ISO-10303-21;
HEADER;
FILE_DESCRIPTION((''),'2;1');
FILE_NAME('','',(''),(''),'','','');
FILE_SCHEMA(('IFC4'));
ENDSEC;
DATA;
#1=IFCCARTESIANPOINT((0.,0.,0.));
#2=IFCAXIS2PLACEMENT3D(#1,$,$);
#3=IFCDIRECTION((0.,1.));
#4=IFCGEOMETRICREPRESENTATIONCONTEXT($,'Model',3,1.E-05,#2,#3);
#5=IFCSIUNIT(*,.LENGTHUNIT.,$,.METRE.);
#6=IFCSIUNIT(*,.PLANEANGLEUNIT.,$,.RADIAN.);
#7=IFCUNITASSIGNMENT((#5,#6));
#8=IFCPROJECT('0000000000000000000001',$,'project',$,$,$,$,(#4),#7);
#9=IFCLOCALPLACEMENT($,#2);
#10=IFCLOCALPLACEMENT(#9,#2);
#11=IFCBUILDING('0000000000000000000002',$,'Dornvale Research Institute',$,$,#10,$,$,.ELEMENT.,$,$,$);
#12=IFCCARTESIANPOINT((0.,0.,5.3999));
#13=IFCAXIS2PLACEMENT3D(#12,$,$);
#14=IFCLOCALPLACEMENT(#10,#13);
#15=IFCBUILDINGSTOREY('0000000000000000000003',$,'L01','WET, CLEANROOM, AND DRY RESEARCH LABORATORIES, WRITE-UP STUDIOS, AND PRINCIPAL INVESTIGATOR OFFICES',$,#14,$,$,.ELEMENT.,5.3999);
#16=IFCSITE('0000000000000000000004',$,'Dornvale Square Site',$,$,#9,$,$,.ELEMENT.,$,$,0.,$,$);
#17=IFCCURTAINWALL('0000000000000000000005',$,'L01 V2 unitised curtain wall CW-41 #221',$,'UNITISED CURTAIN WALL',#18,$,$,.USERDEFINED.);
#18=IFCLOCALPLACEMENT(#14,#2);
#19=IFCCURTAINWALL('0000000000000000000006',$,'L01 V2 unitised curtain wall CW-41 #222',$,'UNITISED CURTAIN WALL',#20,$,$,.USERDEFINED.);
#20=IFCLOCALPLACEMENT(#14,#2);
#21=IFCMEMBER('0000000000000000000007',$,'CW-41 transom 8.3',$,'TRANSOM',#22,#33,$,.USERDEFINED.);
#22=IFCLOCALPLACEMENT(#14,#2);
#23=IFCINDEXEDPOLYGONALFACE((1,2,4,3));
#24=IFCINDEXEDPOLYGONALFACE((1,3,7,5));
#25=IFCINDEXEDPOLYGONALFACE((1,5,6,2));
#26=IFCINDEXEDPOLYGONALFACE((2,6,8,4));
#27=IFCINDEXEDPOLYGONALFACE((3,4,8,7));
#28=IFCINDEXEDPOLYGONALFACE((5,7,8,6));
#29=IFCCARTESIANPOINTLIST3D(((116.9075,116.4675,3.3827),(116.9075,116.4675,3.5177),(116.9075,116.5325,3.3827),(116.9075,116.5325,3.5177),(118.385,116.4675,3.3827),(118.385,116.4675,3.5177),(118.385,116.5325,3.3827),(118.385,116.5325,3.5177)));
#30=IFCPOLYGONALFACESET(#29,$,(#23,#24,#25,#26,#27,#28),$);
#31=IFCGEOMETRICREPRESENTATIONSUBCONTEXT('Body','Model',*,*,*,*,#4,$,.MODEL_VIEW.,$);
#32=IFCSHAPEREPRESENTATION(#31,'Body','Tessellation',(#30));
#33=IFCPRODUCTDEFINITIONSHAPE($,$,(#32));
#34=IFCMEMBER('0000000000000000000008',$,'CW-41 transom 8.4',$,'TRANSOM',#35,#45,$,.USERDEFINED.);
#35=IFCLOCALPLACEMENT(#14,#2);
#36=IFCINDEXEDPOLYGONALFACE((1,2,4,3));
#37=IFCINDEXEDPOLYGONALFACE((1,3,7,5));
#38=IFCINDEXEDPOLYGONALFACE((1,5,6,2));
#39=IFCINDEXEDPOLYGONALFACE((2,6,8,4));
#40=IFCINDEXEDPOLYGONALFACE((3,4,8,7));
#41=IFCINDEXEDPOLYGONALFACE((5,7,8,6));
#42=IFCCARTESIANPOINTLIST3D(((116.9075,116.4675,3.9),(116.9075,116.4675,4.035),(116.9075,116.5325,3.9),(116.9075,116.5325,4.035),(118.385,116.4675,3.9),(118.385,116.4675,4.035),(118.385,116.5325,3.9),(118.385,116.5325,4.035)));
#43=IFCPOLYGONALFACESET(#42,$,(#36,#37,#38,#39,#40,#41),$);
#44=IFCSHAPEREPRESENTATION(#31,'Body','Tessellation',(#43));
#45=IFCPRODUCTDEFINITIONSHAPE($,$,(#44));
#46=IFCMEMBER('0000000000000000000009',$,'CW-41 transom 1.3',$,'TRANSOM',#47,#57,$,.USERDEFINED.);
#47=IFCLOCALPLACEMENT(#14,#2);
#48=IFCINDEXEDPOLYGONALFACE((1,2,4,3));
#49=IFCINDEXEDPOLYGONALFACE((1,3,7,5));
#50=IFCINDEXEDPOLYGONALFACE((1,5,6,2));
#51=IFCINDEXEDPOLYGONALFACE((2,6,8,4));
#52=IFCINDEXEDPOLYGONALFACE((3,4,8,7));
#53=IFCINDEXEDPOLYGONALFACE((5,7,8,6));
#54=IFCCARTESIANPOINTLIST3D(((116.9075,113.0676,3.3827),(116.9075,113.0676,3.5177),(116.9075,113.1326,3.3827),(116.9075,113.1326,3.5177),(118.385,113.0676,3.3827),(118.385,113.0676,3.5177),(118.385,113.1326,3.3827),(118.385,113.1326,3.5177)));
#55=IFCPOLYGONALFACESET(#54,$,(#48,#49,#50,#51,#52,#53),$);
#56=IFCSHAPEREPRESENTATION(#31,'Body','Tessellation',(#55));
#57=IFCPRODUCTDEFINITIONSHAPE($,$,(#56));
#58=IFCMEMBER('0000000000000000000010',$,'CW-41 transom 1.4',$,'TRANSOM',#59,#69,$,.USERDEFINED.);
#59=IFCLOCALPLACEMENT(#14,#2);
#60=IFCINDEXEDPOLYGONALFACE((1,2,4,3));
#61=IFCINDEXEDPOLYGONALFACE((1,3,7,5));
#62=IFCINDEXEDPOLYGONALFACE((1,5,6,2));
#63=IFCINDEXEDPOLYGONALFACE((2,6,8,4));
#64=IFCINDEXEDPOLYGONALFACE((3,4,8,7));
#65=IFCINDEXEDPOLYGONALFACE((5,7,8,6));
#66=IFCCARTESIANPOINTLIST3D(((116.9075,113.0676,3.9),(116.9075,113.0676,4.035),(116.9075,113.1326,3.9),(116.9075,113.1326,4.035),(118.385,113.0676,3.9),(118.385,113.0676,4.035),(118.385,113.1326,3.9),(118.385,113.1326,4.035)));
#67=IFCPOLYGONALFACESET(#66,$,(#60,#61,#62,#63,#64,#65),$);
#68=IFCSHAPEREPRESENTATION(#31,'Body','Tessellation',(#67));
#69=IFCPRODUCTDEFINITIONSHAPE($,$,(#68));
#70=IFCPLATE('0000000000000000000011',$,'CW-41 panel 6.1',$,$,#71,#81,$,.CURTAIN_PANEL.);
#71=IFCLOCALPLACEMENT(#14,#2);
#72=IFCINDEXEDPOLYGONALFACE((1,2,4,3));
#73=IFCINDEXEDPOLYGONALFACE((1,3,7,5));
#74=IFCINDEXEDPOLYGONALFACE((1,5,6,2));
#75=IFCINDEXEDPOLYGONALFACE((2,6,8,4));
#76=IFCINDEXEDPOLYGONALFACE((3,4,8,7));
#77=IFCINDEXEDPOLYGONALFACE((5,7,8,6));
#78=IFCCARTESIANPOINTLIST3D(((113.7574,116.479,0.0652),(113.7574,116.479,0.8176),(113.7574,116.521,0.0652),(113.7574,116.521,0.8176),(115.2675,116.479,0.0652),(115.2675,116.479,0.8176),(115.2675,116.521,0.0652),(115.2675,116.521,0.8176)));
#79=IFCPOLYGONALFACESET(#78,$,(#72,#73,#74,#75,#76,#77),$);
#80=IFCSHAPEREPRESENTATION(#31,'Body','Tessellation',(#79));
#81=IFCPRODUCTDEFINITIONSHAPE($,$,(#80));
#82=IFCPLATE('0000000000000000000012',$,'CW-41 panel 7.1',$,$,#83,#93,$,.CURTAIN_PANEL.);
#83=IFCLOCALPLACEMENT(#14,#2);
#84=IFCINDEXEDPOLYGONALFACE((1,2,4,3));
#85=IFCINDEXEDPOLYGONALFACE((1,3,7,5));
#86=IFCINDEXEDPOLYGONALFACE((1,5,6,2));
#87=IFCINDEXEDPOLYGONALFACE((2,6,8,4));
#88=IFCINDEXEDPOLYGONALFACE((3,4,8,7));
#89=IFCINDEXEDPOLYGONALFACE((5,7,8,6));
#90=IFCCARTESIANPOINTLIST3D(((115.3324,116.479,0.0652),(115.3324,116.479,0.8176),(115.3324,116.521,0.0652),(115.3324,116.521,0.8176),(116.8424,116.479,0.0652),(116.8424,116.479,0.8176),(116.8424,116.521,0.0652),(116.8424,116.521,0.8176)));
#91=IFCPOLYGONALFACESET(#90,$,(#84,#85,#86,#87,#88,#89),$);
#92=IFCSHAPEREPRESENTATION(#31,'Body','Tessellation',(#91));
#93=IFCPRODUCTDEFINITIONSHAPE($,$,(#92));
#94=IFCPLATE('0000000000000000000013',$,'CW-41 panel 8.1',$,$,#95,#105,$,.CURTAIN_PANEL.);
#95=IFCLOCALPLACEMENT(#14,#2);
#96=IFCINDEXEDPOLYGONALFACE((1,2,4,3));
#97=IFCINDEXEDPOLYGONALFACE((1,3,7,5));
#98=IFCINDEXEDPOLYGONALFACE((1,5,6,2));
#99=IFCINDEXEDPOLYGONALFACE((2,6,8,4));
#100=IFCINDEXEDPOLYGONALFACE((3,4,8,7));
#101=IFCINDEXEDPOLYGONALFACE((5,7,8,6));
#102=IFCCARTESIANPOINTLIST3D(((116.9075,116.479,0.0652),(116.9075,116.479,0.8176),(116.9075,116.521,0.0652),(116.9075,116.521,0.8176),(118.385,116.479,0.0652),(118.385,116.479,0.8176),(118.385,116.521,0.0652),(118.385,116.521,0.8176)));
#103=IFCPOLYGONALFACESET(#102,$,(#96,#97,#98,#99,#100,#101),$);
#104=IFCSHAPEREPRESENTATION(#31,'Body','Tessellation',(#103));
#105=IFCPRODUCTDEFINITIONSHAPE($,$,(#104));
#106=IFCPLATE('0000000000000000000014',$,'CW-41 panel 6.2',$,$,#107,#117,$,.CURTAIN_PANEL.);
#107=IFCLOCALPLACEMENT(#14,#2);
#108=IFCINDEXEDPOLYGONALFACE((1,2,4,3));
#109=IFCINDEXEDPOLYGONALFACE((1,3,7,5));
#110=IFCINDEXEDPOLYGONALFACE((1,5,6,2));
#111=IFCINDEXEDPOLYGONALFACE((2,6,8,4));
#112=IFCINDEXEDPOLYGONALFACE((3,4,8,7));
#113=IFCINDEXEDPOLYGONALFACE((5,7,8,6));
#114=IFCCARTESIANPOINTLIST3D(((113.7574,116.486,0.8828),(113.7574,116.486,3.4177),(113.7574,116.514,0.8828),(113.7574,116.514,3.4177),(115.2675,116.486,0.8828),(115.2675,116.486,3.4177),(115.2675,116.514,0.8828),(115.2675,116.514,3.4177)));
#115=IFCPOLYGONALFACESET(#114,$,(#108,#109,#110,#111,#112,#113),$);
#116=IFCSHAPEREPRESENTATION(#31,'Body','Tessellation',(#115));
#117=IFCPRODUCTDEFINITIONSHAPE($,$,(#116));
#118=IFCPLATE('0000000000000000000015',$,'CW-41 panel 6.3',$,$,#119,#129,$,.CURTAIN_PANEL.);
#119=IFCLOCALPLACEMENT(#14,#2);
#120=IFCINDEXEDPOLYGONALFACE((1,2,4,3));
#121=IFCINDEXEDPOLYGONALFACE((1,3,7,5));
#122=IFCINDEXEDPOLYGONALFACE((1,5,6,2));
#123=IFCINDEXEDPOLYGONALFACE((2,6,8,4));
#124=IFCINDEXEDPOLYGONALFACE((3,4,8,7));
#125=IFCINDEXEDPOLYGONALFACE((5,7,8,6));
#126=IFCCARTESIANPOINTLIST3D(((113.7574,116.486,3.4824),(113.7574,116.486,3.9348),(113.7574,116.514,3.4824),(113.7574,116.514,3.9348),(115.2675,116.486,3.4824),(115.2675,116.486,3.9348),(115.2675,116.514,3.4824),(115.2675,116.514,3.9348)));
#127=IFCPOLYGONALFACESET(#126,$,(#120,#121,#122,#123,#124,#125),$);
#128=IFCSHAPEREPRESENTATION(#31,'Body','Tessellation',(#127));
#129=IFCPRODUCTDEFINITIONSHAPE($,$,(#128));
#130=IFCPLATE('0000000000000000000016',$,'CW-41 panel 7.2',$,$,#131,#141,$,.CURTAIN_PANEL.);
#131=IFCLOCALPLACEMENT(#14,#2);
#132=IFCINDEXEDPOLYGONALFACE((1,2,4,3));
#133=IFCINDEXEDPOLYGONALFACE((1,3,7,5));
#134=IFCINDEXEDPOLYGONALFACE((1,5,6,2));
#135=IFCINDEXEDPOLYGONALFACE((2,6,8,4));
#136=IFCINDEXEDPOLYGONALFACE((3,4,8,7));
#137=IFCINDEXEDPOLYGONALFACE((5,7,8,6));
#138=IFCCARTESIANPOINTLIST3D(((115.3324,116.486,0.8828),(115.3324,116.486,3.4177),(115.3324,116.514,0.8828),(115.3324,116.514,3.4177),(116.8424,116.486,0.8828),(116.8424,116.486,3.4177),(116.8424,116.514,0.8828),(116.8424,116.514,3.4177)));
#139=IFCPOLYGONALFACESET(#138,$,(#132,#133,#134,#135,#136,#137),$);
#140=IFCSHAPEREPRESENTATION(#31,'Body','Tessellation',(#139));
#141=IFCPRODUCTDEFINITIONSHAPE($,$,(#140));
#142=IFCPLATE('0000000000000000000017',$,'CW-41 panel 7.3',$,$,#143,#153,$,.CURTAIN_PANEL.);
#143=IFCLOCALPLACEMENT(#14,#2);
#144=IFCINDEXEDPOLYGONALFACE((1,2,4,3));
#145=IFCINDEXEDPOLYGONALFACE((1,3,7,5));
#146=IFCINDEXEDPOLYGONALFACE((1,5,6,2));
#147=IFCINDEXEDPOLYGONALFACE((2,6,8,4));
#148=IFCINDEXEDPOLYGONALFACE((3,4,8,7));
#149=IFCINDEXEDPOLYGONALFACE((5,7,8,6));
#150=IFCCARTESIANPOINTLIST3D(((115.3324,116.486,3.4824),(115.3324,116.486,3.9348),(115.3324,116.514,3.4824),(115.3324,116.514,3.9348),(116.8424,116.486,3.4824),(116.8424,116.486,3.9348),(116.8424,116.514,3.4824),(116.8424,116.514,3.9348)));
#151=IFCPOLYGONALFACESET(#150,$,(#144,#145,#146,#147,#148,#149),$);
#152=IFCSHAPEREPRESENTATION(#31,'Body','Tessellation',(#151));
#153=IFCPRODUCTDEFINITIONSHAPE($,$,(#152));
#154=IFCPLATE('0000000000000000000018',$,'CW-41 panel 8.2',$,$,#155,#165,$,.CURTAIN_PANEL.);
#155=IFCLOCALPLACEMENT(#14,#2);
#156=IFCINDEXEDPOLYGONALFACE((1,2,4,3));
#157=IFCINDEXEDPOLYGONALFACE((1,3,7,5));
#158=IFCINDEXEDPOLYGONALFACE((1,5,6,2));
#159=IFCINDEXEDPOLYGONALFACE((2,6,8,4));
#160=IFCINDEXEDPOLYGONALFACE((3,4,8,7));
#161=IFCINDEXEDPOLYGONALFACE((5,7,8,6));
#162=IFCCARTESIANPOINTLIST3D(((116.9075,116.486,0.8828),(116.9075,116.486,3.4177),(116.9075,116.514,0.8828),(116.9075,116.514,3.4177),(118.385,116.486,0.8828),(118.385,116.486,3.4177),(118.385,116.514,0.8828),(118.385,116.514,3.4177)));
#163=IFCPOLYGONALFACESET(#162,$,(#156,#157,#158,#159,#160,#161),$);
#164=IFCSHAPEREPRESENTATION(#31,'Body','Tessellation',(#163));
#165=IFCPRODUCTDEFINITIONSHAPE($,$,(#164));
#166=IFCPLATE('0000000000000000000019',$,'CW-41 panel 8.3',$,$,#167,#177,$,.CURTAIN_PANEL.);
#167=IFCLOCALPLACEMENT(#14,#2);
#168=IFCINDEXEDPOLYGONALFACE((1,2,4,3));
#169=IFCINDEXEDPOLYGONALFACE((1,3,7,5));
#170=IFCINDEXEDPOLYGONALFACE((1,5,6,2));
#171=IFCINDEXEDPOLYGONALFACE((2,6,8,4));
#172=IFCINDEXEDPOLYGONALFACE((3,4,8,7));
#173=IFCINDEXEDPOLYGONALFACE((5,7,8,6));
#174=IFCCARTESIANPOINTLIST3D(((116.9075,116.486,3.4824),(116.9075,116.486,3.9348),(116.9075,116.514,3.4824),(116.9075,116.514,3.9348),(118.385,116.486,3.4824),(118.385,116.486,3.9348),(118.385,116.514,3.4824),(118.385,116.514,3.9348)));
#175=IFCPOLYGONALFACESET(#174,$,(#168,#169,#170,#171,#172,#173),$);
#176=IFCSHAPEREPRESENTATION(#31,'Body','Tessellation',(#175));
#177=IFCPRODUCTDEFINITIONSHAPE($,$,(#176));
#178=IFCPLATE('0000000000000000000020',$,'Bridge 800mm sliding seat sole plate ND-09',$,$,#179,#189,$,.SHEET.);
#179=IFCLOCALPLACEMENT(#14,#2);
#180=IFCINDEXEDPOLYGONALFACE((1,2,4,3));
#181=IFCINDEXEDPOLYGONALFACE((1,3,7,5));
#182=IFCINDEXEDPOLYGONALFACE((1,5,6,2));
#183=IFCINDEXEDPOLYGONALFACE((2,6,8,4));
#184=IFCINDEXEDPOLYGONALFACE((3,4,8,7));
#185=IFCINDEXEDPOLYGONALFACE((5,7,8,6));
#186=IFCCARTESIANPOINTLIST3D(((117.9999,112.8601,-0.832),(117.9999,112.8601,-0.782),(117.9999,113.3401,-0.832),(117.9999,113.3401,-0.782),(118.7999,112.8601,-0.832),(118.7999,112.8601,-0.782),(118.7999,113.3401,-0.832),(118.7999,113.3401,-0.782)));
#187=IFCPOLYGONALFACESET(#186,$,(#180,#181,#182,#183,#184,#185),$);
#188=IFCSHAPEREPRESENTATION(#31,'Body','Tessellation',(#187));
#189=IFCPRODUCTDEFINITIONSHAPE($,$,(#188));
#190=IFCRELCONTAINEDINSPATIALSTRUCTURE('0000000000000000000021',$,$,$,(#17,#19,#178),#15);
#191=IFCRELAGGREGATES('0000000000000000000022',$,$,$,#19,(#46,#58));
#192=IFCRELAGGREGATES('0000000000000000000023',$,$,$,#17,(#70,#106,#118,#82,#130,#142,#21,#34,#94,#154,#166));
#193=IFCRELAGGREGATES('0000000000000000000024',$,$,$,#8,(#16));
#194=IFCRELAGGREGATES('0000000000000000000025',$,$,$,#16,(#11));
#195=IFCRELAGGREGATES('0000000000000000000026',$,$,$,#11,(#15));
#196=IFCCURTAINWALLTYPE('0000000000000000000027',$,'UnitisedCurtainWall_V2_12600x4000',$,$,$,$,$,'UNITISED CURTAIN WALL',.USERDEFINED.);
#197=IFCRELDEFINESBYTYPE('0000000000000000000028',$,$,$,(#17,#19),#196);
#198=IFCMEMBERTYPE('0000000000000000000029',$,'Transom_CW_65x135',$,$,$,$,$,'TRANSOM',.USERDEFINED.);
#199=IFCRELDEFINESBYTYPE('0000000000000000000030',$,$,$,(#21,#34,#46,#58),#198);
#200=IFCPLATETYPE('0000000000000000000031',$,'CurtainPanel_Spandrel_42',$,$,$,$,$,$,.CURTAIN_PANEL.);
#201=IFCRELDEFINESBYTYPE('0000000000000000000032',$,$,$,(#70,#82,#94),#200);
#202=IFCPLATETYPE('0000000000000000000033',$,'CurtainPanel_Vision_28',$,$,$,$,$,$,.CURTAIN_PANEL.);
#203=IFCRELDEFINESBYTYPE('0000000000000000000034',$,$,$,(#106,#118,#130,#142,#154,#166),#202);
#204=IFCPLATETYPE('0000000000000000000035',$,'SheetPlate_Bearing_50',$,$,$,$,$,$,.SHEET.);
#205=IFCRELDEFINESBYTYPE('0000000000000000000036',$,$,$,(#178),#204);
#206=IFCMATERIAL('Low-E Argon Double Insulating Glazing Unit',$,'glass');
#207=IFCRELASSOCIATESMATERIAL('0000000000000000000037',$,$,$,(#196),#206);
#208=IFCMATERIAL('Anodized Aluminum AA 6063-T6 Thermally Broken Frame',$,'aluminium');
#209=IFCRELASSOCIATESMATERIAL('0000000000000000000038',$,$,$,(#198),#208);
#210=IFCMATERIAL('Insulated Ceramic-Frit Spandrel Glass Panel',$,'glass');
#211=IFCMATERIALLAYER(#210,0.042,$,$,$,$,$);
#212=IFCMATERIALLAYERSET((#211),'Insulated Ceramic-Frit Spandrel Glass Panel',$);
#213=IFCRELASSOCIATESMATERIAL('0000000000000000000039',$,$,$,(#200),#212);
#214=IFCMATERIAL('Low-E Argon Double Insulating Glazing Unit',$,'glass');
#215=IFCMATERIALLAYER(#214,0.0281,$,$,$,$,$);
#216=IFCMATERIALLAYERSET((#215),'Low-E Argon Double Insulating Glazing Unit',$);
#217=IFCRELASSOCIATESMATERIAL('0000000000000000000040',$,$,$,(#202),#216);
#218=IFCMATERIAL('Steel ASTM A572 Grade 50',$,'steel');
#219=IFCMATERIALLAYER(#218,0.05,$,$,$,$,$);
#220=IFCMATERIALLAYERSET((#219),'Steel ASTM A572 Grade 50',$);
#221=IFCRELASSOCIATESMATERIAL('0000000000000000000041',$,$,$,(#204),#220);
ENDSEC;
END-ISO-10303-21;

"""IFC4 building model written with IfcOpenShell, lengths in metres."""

from ifc_helpers import new_model, si_unit, direction, frame, origin, origin_2d, place, context, subcontext, project, spatial, rectangle, extrude, material, layer, layer_set, material_profile, profile_set, type_object, element, aggregate, save


model = new_model("IFC4")

# Units and contexts
model_context = context("Model", 3, precision=1e-05, world=origin(), true_north=direction((0.0, 1.0)))
body_context = subcontext(model_context, "Body", "Model", "MODEL_VIEW")
ifc_project = project(units=[si_unit("LENGTHUNIT", "METRE"), si_unit("PLANEANGLEUNIT", "RADIAN")], contexts=[model_context])

# Site, building, storey
site_placement = place(None, origin())
site = spatial("IfcSite", under=ifc_project, at=site_placement, Name="Dornvale Square Site", CompositionType="ELEMENT", RefElevation=0.0)
building_placement = place(site_placement, origin())
building = spatial("IfcBuilding", under=site, at=building_placement, Name="Dornvale Research Institute", CompositionType="ELEMENT")
storey_placement = place(building_placement, frame((0.0, 0.0, 5.3999)))
storey = spatial("IfcBuildingStorey", under=building, at=storey_placement, Name="L01", Description="WET, CLEANROOM, AND DRY RESEARCH LABORATORIES, WRITE-UP STUDIOS, AND PRINCIPAL INVESTIGATOR OFFICES", CompositionType="ELEMENT", Elevation=5.3999)

# Curtain wall
ifc_material_1 = material(Name="Low-E Argon Double Insulating Glazing Unit", Category="glass")
curtain_wall_type = type_object("IfcCurtainWallType", Name="UnitisedCurtainWall_V2_12600x4000", ElementType="UNITISED CURTAIN WALL", PredefinedType="USERDEFINED", material=ifc_material_1)
curtain_wall_1_placement = place(storey_placement, origin())
curtain_wall_1 = element("IfcCurtainWall", 1, at=curtain_wall_1_placement, inside=storey, type_object=curtain_wall_type, Name="L01 V2 unitised curtain wall CW-41 #221", ObjectType="UNITISED CURTAIN WALL", PredefinedType="USERDEFINED")

# Curtain wall
curtain_wall_2_placement = place(storey_placement, origin())
curtain_wall_2 = element("IfcCurtainWall", 2, at=curtain_wall_2_placement, inside=storey, type_object=curtain_wall_type, Name="L01 V2 unitised curtain wall CW-41 #222", ObjectType="UNITISED CURTAIN WALL", PredefinedType="USERDEFINED")

# Members
ifc_material_2 = material(Name="Anodized Aluminum AA 6063-T6 Thermally Broken Frame", Category="aluminium")
ifc_material_profile_1 = material_profile(ifc_material_2, rectangle(XDim=0.0649, YDim=0.135, at=origin_2d()), Name="ALU TRANSOM 65x135")
ifc_profile_set_1 = profile_set([ifc_material_profile_1], Name="Anodized Aluminum AA 6063-T6 Thermally Broken Frame")
member_type_1 = type_object("IfcMemberType", Name="Transom_CW_65x135", ElementType="TRANSOM", PredefinedType="USERDEFINED", material=ifc_profile_set_1)
member_1_placement = place(storey_placement, frame((116.9075, 116.5, 3.4502), z_axis=(1.0, 0.0, 0.0), x_axis=(0.0, 1.0, 0.0)))
member_1 = element("IfcMember", 3, at=member_1_placement, type_object=member_type_1, Name="CW-41 transom 8.3", ObjectType="TRANSOM", PredefinedType="USERDEFINED", context=body_context, shape_type="SweptSolid", body=[
    extrude(rectangle(XDim=0.0649, YDim=0.135, at=origin_2d()), origin(), (0.0, 0.0, 1.0), 1.4775),
])
member_2_placement = place(storey_placement, frame((116.9075, 116.5, 3.9675), z_axis=(1.0, 0.0, 0.0), x_axis=(0.0, 1.0, 0.0)))
member_2 = element("IfcMember", 4, at=member_2_placement, type_object=member_type_1, Name="CW-41 transom 8.4", ObjectType="TRANSOM", PredefinedType="USERDEFINED", context=body_context, shape_type="SweptSolid", body=[
    extrude(rectangle(XDim=0.0649, YDim=0.135, at=origin_2d()), origin(), (0.0, 0.0, 1.0), 1.4775),
])
member_3_placement = place(storey_placement, frame((118.385, 113.1001, 3.4502), z_axis=(-1.0, 0.0, 0.0), x_axis=(0.0, -1.0, 0.0)))
member_3 = element("IfcMember", 5, at=member_3_placement, type_object=member_type_1, Name="CW-41 transom 1.3", ObjectType="TRANSOM", PredefinedType="USERDEFINED", context=body_context, shape_type="SweptSolid", body=[
    extrude(rectangle(XDim=0.0649, YDim=0.135, at=origin_2d()), origin(), (0.0, 0.0, 1.0), 1.4775),
])
member_4_placement = place(storey_placement, frame((118.385, 113.1001, 3.9675), z_axis=(-1.0, 0.0, 0.0), x_axis=(0.0, -1.0, 0.0)))
member_4 = element("IfcMember", 6, at=member_4_placement, type_object=member_type_1, Name="CW-41 transom 1.4", ObjectType="TRANSOM", PredefinedType="USERDEFINED", context=body_context, shape_type="SweptSolid", body=[
    extrude(rectangle(XDim=0.0649, YDim=0.135, at=origin_2d()), origin(), (0.0, 0.0, 1.0), 1.4775),
])
aggregate(curtain_wall_2, [member_3, member_4])

# Plates
ifc_material_3 = material(Name="Insulated Ceramic-Frit Spandrel Glass Panel", Category="glass")
ifc_layer_1 = layer(ifc_material_3, 0.042)
ifc_layer_set_1 = layer_set([ifc_layer_1], Name="Insulated Ceramic-Frit Spandrel Glass Panel")
plate_type_1 = type_object("IfcPlateType", Name="CurtainPanel_Spandrel_42", PredefinedType="CURTAIN_PANEL", material=ifc_layer_set_1)
plate_1_placement = place(storey_placement, frame((114.5125, 116.5, 0.0652), z_axis=(0.0, 0.0, 1.0), x_axis=(1.0, 0.0, 0.0)))
plate_1 = element("IfcPlate", 7, at=plate_1_placement, type_object=plate_type_1, Name="CW-41 panel 6.1", PredefinedType="CURTAIN_PANEL", context=body_context, shape_type="SweptSolid", body=[
    extrude(rectangle(XDim=1.51, YDim=0.042, at=origin_2d()), origin(), (0.0, 0.0, 1.0), 0.7524),
])
plate_2_placement = place(storey_placement, frame((116.0874, 116.5, 0.0652), z_axis=(0.0, 0.0, 1.0), x_axis=(1.0, 0.0, 0.0)))
plate_2 = element("IfcPlate", 8, at=plate_2_placement, type_object=plate_type_1, Name="CW-41 panel 7.1", PredefinedType="CURTAIN_PANEL", context=body_context, shape_type="SweptSolid", body=[
    extrude(rectangle(XDim=1.51, YDim=0.042, at=origin_2d()), origin(), (0.0, 0.0, 1.0), 0.7524),
])
plate_3_placement = place(storey_placement, frame((117.6462, 116.5, 0.0652), z_axis=(0.0, 0.0, 1.0), x_axis=(1.0, 0.0, 0.0)))
plate_3 = element("IfcPlate", 9, at=plate_3_placement, type_object=plate_type_1, Name="CW-41 panel 8.1", PredefinedType="CURTAIN_PANEL", context=body_context, shape_type="SweptSolid", body=[
    extrude(rectangle(XDim=1.4775, YDim=0.042, at=origin_2d()), origin(), (0.0, 0.0, 1.0), 0.7524),
])
ifc_material_4 = material(Name="Low-E Argon Double Insulating Glazing Unit", Category="glass")
ifc_layer_2 = layer(ifc_material_4, 0.0281)
ifc_layer_set_2 = layer_set([ifc_layer_2], Name="Low-E Argon Double Insulating Glazing Unit")
plate_type_2 = type_object("IfcPlateType", Name="CurtainPanel_Vision_28", PredefinedType="CURTAIN_PANEL", material=ifc_layer_set_2)
plate_4_placement = place(storey_placement, frame((114.5125, 116.5, 0.8828), z_axis=(0.0, 0.0, 1.0), x_axis=(1.0, 0.0, 0.0)))
plate_4 = element("IfcPlate", 10, at=plate_4_placement, type_object=plate_type_2, Name="CW-41 panel 6.2", PredefinedType="CURTAIN_PANEL", context=body_context, shape_type="SweptSolid", body=[
    extrude(rectangle(XDim=1.51, YDim=0.0281, at=origin_2d()), origin(), (0.0, 0.0, 1.0), 2.5349),
])
plate_5_placement = place(storey_placement, frame((114.5125, 116.5, 3.4824), z_axis=(0.0, 0.0, 1.0), x_axis=(1.0, 0.0, 0.0)))
plate_5 = element("IfcPlate", 11, at=plate_5_placement, type_object=plate_type_2, Name="CW-41 panel 6.3", PredefinedType="CURTAIN_PANEL", context=body_context, shape_type="SweptSolid", body=[
    extrude(rectangle(XDim=1.51, YDim=0.0281, at=origin_2d()), origin(), (0.0, 0.0, 1.0), 0.4524),
])
plate_6_placement = place(storey_placement, frame((116.0874, 116.5, 0.8828), z_axis=(0.0, 0.0, 1.0), x_axis=(1.0, 0.0, 0.0)))
plate_6 = element("IfcPlate", 12, at=plate_6_placement, type_object=plate_type_2, Name="CW-41 panel 7.2", PredefinedType="CURTAIN_PANEL", context=body_context, shape_type="SweptSolid", body=[
    extrude(rectangle(XDim=1.51, YDim=0.0281, at=origin_2d()), origin(), (0.0, 0.0, 1.0), 2.5349),
])
plate_7_placement = place(storey_placement, frame((116.0874, 116.5, 3.4824), z_axis=(0.0, 0.0, 1.0), x_axis=(1.0, 0.0, 0.0)))
plate_7 = element("IfcPlate", 13, at=plate_7_placement, type_object=plate_type_2, Name="CW-41 panel 7.3", PredefinedType="CURTAIN_PANEL", context=body_context, shape_type="SweptSolid", body=[
    extrude(rectangle(XDim=1.51, YDim=0.0281, at=origin_2d()), origin(), (0.0, 0.0, 1.0), 0.4524),
])
plate_8_placement = place(storey_placement, frame((117.6462, 116.5, 0.8828), z_axis=(0.0, 0.0, 1.0), x_axis=(1.0, 0.0, 0.0)))
plate_8 = element("IfcPlate", 14, at=plate_8_placement, type_object=plate_type_2, Name="CW-41 panel 8.2", PredefinedType="CURTAIN_PANEL", context=body_context, shape_type="SweptSolid", body=[
    extrude(rectangle(XDim=1.4775, YDim=0.0281, at=origin_2d()), origin(), (0.0, 0.0, 1.0), 2.5349),
])
plate_9_placement = place(storey_placement, frame((117.6462, 116.5, 3.4824), z_axis=(0.0, 0.0, 1.0), x_axis=(1.0, 0.0, 0.0)))
plate_9 = element("IfcPlate", 15, at=plate_9_placement, type_object=plate_type_2, Name="CW-41 panel 8.3", PredefinedType="CURTAIN_PANEL", context=body_context, shape_type="SweptSolid", body=[
    extrude(rectangle(XDim=1.4775, YDim=0.0281, at=origin_2d()), origin(), (0.0, 0.0, 1.0), 0.4524),
])
aggregate(curtain_wall_1, [plate_1, plate_4, plate_5, plate_2, plate_6, plate_7, member_1, member_2, plate_3, plate_8, plate_9])

# Plate
ifc_material_5 = material(Name="Steel ASTM A572 Grade 50", Category="steel")
ifc_layer_3 = layer(ifc_material_5, 0.05)
ifc_layer_set_3 = layer_set([ifc_layer_3], Name="Steel ASTM A572 Grade 50")
plate_type_3 = type_object("IfcPlateType", Name="SheetPlate_Bearing_50", PredefinedType="SHEET", material=ifc_layer_set_3)
for number, where, z_axis, x_axis, name in (
    (16, (118.3999, 113.1001, -0.832), (0.0, 0.0, 1.0), (1.0, 0.0, 0.0), "Bridge 800mm sliding seat sole plate ND-09"),
):
    element("IfcPlate", number, at=place(storey_placement, frame(where, z_axis=z_axis, x_axis=x_axis)), inside=storey, type_object=plate_type_3, Name=name, PredefinedType="SHEET", context=body_context, shape_type="SweptSolid", body=[
        extrude(rectangle(XDim=0.8, YDim=0.48, at=origin_2d()), origin(), (0.0, 0.0, 1.0), 0.05),
    ])

save(model, "model.ifc")
